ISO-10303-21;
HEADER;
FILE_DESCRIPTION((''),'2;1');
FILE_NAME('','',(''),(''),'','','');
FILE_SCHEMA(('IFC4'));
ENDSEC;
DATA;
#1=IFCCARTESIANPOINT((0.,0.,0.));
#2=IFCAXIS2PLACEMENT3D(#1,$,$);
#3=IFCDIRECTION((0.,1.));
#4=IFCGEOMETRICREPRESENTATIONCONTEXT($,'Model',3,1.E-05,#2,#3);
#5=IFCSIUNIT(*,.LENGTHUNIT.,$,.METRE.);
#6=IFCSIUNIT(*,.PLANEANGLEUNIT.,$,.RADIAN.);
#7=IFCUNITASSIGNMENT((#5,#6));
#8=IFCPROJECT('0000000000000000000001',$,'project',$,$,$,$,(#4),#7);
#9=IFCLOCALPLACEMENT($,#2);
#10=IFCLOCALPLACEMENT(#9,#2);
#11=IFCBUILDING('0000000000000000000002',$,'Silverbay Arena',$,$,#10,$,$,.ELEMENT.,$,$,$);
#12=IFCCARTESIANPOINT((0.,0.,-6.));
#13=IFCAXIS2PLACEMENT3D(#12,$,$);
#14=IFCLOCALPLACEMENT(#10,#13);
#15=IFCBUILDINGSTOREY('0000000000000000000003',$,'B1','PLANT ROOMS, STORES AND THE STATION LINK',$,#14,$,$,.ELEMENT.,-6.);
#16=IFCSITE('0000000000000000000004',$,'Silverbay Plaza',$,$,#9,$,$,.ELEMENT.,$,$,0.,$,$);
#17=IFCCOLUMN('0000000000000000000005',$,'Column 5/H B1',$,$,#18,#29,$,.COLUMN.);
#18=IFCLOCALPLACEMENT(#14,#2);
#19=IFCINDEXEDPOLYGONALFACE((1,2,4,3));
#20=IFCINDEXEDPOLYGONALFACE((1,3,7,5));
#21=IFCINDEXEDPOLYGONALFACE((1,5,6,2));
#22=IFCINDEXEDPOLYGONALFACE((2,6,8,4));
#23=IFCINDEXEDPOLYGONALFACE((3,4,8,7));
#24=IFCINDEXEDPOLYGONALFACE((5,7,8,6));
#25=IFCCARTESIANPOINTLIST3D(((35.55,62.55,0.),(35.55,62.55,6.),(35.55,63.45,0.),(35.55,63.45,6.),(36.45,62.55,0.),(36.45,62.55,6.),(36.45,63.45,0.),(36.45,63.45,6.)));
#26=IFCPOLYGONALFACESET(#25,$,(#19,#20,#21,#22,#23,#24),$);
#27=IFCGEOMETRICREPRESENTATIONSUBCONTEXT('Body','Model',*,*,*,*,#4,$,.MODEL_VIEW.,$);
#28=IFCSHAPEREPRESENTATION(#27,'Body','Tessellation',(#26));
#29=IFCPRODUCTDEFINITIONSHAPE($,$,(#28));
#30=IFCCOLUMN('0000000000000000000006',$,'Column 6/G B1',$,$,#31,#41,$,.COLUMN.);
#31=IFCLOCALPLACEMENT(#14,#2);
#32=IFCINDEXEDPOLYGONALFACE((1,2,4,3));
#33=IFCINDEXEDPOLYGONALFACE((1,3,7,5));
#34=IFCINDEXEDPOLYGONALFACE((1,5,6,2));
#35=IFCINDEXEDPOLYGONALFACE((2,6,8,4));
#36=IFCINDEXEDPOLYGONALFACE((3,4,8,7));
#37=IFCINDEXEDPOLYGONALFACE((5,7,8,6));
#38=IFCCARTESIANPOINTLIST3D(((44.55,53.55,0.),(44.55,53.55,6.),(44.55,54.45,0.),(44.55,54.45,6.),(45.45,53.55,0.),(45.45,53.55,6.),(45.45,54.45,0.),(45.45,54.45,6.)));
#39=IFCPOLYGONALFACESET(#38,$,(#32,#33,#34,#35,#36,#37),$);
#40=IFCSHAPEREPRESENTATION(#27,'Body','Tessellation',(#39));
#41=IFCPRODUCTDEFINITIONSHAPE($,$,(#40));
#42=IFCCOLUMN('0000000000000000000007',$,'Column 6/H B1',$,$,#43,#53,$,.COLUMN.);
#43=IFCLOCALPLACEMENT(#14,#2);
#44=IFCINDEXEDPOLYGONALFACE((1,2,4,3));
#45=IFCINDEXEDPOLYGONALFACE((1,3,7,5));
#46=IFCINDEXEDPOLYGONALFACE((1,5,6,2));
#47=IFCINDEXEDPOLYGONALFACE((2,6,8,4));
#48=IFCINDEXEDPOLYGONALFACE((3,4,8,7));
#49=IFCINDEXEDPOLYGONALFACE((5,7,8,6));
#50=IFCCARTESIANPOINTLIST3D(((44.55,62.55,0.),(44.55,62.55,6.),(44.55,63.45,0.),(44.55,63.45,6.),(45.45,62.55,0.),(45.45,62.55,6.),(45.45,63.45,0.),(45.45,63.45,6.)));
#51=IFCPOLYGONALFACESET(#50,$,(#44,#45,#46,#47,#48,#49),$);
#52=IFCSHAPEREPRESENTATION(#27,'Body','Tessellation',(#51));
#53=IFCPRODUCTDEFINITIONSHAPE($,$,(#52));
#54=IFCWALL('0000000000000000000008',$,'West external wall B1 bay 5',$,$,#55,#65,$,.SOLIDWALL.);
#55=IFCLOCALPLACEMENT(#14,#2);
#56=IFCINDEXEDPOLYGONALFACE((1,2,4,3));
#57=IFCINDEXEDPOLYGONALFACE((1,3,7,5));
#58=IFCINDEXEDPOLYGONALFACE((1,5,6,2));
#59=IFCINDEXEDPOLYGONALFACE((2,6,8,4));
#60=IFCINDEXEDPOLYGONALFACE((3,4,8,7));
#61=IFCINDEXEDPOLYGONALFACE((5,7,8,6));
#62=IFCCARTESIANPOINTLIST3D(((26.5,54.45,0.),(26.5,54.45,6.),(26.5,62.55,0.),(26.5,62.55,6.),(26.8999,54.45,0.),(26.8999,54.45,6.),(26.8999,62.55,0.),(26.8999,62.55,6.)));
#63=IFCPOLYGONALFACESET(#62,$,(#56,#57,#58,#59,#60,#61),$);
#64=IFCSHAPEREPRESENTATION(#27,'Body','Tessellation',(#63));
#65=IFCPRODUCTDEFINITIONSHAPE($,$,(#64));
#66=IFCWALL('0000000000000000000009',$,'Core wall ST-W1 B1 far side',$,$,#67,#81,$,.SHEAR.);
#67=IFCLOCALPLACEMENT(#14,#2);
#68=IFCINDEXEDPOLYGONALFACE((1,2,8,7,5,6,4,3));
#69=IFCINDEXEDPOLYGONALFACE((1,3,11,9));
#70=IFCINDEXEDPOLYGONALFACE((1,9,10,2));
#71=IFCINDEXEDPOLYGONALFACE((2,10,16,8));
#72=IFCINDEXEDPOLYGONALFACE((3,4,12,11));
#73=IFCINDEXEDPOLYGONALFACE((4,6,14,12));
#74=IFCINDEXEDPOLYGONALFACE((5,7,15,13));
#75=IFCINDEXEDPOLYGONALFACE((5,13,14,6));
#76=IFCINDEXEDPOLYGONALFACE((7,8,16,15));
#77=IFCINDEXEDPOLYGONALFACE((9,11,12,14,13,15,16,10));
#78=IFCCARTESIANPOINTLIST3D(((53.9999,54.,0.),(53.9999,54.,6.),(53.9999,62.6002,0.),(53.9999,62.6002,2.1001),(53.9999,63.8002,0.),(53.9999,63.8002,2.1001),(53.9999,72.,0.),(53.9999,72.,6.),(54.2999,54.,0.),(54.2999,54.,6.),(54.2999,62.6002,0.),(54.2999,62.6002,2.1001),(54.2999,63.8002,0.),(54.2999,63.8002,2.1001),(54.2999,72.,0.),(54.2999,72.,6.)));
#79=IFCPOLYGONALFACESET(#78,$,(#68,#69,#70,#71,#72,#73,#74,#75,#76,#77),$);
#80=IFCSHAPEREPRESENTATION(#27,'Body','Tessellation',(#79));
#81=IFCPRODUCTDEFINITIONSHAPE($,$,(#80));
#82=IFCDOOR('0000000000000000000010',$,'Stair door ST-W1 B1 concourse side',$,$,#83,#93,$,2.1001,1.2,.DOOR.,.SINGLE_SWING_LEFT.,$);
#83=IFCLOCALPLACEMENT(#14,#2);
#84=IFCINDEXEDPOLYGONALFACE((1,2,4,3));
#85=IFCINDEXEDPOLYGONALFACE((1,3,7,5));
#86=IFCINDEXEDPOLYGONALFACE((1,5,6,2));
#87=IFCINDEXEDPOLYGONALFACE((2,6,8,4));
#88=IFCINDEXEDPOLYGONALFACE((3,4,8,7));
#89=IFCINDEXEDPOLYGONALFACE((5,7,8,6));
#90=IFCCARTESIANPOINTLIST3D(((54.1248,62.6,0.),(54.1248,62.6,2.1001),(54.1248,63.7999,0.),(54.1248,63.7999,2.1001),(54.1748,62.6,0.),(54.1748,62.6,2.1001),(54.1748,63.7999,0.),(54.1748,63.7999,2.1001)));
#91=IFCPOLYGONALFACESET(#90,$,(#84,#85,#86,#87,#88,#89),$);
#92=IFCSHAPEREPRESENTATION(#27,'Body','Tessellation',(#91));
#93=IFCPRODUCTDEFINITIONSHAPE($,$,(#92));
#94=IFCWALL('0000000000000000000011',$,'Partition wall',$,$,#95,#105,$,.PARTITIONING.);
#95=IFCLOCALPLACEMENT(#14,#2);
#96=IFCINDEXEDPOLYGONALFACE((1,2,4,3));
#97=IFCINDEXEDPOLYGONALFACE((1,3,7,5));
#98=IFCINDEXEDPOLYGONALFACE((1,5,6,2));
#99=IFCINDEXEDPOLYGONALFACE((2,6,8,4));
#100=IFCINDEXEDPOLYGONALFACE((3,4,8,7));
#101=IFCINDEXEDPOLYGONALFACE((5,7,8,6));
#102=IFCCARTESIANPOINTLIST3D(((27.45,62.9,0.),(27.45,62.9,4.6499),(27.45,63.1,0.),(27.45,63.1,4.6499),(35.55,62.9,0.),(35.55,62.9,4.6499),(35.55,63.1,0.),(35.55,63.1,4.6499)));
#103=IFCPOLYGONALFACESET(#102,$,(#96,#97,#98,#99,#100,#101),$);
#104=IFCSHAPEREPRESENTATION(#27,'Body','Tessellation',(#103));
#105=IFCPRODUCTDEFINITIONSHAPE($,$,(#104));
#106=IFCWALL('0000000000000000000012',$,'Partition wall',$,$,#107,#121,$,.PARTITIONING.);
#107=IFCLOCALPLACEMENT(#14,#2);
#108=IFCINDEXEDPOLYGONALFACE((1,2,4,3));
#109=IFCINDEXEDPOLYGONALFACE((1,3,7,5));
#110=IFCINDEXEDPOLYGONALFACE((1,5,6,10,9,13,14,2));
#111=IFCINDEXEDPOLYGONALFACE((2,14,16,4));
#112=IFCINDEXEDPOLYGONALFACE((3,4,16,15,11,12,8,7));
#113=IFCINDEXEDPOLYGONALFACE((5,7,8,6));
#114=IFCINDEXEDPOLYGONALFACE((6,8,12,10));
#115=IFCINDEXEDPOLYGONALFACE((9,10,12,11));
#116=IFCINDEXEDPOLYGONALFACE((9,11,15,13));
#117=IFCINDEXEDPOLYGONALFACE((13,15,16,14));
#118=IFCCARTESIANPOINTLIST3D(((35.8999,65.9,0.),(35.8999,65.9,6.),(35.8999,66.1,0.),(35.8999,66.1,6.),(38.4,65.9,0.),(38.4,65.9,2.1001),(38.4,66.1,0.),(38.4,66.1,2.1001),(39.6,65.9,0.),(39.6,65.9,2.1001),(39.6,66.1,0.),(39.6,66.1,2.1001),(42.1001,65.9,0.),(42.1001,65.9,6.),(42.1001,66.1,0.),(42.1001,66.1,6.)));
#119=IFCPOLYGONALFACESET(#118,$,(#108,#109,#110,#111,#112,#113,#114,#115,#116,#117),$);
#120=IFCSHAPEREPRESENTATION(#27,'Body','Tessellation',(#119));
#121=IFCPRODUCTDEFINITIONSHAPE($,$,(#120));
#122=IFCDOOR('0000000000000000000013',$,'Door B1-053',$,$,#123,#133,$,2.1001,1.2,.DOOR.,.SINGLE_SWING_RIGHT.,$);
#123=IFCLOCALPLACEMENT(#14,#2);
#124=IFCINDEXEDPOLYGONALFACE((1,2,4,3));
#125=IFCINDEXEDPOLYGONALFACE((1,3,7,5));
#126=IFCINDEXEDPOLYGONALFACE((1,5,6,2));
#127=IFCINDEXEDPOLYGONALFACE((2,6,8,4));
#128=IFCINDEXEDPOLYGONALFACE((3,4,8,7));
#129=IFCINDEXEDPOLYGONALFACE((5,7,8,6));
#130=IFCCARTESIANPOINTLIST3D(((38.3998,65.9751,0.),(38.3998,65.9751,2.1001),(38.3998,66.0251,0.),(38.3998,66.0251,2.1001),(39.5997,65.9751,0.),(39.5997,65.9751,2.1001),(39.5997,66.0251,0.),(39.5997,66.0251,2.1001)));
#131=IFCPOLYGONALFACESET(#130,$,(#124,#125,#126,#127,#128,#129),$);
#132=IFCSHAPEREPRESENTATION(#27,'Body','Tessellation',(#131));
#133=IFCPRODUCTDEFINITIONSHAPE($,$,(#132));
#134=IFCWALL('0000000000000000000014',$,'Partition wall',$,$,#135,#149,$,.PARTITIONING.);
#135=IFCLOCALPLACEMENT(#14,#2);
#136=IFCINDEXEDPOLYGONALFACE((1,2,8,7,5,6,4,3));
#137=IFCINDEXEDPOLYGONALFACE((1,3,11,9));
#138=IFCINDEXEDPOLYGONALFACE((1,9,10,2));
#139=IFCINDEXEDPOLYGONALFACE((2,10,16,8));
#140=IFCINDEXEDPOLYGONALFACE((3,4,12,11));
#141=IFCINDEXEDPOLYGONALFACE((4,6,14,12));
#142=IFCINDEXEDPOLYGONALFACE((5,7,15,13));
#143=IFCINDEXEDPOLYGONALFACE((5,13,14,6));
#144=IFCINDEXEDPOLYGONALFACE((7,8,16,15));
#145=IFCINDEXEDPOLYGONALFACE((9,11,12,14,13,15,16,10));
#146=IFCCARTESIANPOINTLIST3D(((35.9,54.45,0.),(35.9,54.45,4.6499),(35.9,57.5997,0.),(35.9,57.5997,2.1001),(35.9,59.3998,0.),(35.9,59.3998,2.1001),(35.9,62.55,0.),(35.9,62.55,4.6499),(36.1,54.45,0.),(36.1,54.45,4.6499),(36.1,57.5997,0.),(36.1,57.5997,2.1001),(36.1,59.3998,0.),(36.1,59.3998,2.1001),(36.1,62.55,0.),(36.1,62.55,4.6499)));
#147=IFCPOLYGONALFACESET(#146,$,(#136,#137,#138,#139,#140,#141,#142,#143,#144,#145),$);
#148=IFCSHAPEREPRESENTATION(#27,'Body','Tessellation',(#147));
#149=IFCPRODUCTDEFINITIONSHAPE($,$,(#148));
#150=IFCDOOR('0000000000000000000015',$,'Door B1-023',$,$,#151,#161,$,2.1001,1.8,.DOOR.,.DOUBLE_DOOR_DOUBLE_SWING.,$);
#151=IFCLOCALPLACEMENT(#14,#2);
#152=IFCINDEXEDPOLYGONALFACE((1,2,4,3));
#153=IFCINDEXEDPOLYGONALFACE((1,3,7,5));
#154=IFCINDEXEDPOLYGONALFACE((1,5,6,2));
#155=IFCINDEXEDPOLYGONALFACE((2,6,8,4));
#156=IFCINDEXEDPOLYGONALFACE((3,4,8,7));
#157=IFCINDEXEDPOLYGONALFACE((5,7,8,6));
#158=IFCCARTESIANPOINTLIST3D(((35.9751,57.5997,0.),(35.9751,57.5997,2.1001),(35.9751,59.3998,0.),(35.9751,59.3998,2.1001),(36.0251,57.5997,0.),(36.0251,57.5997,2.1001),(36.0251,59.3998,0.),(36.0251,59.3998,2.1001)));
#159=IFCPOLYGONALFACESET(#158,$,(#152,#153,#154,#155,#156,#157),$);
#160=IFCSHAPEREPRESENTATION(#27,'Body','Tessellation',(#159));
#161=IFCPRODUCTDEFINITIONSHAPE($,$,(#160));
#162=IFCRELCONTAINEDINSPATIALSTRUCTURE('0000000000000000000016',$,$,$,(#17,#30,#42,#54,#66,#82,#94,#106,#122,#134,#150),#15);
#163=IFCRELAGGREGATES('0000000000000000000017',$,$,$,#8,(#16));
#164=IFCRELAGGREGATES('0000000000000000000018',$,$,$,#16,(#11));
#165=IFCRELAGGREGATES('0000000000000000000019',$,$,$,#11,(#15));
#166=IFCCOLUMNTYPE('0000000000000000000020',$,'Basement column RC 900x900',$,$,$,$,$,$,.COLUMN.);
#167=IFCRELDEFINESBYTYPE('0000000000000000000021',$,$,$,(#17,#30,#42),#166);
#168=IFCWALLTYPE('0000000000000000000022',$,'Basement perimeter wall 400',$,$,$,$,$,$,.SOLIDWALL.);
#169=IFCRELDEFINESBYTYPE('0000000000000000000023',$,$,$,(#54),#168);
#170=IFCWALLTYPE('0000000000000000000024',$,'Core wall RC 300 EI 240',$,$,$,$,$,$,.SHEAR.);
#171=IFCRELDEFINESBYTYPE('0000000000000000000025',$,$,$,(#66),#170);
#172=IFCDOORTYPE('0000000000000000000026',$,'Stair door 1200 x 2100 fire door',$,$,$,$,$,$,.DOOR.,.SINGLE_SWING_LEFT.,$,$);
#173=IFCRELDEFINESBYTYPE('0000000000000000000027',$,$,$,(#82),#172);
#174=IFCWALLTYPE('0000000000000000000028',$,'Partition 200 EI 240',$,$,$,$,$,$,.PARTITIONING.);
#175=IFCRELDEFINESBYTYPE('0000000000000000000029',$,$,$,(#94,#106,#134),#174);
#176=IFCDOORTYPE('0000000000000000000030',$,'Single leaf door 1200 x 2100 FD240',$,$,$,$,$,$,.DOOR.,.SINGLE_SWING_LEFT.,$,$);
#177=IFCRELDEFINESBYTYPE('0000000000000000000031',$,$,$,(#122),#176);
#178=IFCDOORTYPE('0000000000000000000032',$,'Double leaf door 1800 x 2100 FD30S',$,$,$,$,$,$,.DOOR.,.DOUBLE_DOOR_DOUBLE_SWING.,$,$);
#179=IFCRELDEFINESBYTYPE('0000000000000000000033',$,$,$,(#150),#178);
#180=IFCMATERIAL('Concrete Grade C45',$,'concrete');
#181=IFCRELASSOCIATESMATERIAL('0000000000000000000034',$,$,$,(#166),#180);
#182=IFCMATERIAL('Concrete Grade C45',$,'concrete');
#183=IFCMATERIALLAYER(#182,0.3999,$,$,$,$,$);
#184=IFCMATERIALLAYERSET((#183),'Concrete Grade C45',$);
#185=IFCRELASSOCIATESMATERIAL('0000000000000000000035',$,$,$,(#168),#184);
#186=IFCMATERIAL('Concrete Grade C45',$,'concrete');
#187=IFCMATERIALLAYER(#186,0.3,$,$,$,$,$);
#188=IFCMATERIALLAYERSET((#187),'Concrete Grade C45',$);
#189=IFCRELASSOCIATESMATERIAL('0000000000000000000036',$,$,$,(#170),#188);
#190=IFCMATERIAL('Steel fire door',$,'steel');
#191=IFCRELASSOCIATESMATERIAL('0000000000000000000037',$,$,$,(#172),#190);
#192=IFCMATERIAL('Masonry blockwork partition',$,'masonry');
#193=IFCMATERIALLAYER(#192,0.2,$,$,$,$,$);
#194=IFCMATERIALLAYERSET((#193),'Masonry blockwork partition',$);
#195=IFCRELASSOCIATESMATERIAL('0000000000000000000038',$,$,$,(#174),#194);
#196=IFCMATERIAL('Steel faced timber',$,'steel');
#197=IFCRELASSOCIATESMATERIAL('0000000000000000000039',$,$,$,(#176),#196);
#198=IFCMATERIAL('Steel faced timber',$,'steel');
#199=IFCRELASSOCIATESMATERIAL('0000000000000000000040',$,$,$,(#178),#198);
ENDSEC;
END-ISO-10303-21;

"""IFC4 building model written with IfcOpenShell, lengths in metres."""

from ifc_helpers import new_model, si_unit, direction, frame, frame_2d, origin, origin_2d, place, context, subcontext, project, spatial, rectangle, extrude, material, layer, layer_set, material_profile, profile_set, type_object, element, fill, save


model = new_model("IFC4")

# Units and contexts
model_context = context("Model", 3, precision=1e-05, world=origin(), true_north=direction((0.0, 1.0)))
body_context = subcontext(model_context, "Body", "Model", "MODEL_VIEW")
ifc_project = project(units=[si_unit("LENGTHUNIT", "METRE"), si_unit("PLANEANGLEUNIT", "RADIAN")], contexts=[model_context])

# Site, building, storey
site_placement = place(None, origin())
site = spatial("IfcSite", under=ifc_project, at=site_placement, Name="Silverbay Plaza", CompositionType="ELEMENT", RefElevation=0.0)
building_placement = place(site_placement, origin())
building = spatial("IfcBuilding", under=site, at=building_placement, Name="Silverbay Arena", CompositionType="ELEMENT")
storey_placement = place(building_placement, frame((0.0, 0.0, -6.0)))
storey = spatial("IfcBuildingStorey", under=building, at=storey_placement, Name="B1", Description="PLANT ROOMS, STORES AND THE STATION LINK", CompositionType="ELEMENT", Elevation=-6.0)

# Columns
ifc_material_1 = material(Name="Concrete Grade C45", Category="concrete")
ifc_material_profile_1 = material_profile(ifc_material_1, rectangle(XDim=0.8999, YDim=0.8999, at=origin_2d()), Name="RC 900x900")
ifc_profile_set_1 = profile_set([ifc_material_profile_1], Name="Concrete Grade C45")
column_type = type_object("IfcColumnType", Name="Basement column RC 900x900", PredefinedType="COLUMN", material=ifc_profile_set_1)
for number, where, z_axis, x_axis, name in (
    (1, (36.0, 63.0, 0.0), (0.0, 0.0, 1.0), (1.0, 0.0, 0.0), "Column 5/H B1"),
    (2, (45.0, 54.0, 0.0), (0.0, 0.0, 1.0), (1.0, 0.0, 0.0), "Column 6/G B1"),
    (3, (45.0, 63.0, 0.0), (0.0, 0.0, 1.0), (1.0, 0.0, 0.0), "Column 6/H B1"),
):
    element("IfcColumn", number, at=place(storey_placement, frame(where, z_axis=z_axis, x_axis=x_axis)), inside=storey, type_object=column_type, Name=name, PredefinedType="COLUMN", context=body_context, shape_type="SweptSolid", body=[
        extrude(rectangle(XDim=0.8999, YDim=0.8999, at=origin_2d()), origin(), (0.0, 0.0, 1.0), 6.0),
    ])

# Wall
ifc_material_2 = material(Name="Concrete Grade C45", Category="concrete")
ifc_layer_1 = layer(ifc_material_2, 0.3999)
ifc_layer_set_1 = layer_set([ifc_layer_1], Name="Concrete Grade C45")
wall_type_1 = type_object("IfcWallType", Name="Basement perimeter wall 400", PredefinedType="SOLIDWALL", material=ifc_layer_set_1)
wall_1_placement = place(storey_placement, frame((26.7, 62.55, 0.0), z_axis=(0.0, 0.0, 1.0), x_axis=(0.0, -1.0, 0.0)))
element("IfcWall", 4, at=wall_1_placement, inside=storey, type_object=wall_type_1, Name="West external wall B1 bay 5", PredefinedType="SOLIDWALL", context=body_context, shape_type="SweptSolid", body=[
    extrude(rectangle(XDim=8.1001, YDim=0.3999, at=frame_2d((4.05, 0.0))), origin(), (0.0, 0.0, 1.0), 6.0),
])

# Wall, opening, door
ifc_material_3 = material(Name="Concrete Grade C45", Category="concrete")
ifc_layer_2 = layer(ifc_material_3, 0.3)
ifc_layer_set_2 = layer_set([ifc_layer_2], Name="Concrete Grade C45")
wall_type_2 = type_object("IfcWallType", Name="Core wall RC 300 EI 240", PredefinedType="SHEAR", material=ifc_layer_set_2)
wall_2_placement = place(storey_placement, frame((54.1499, 54.0, 0.0), z_axis=(0.0, 0.0, 1.0), x_axis=(0.0, 1.0, 0.0)))
wall_2 = element("IfcWall", 5, at=wall_2_placement, inside=storey, type_object=wall_type_2, Name="Core wall ST-W1 B1 far side", PredefinedType="SHEAR", context=body_context, shape_type="SweptSolid", body=[
    extrude(rectangle(XDim=18.0, YDim=0.3, at=frame_2d((9.0, 0.0))), origin(), (0.0, 0.0, 1.0), 6.0),
])
opening_1_placement = place(wall_2_placement, frame((8.6001, 0.0, 0.0)))
opening_1 = element("IfcOpeningElement", 6, at=opening_1_placement, cuts=wall_2, PredefinedType="OPENING", context=body_context, shape_type="SweptSolid", body=[
    extrude(rectangle(XDim=1.2, YDim=2.1001, at=frame_2d((0.6001, 1.05))), frame((0.0, 0.1602, 0.0), z_axis=(0.0, -1.0, 0.0), x_axis=(1.0, 0.0, 0.0)), (0.0, 0.0, 1.0), 0.3201),
])
ifc_material_4 = material(Name="Steel fire door", Category="steel")
door_type_1 = type_object("IfcDoorType", Name="Stair door 1200 x 2100 fire door", OperationType="SINGLE_SWING_LEFT", PredefinedType="DOOR", material=ifc_material_4)
door_1_placement = place(opening_1_placement, frame((1.2, 0.0, 0.0), z_axis=(0.0, 0.0, 1.0), x_axis=(-1.0, 0.0, 0.0)))
door_1 = element("IfcDoor", 7, at=door_1_placement, inside=storey, type_object=door_type_1, Name="Stair door ST-W1 B1 concourse side", OperationType="SINGLE_SWING_LEFT", OverallHeight=2.1001, OverallWidth=1.2, PredefinedType="DOOR", context=body_context, shape_type="SweptSolid", body=[
    extrude(rectangle(XDim=1.2, YDim=2.1001, at=frame_2d((0.6001, 1.05))), frame((0.0, 0.0249, 0.0), z_axis=(0.0, -1.0, 0.0), x_axis=(1.0, 0.0, 0.0)), (0.0, 0.0, 1.0), 0.05),
])
fill(opening_1, door_1)

# Wall
ifc_material_5 = material(Name="Masonry blockwork partition", Category="masonry")
ifc_layer_3 = layer(ifc_material_5, 0.2)
ifc_layer_set_3 = layer_set([ifc_layer_3], Name="Masonry blockwork partition")
wall_type_3 = type_object("IfcWallType", Name="Partition 200 EI 240", PredefinedType="PARTITIONING", material=ifc_layer_set_3)
wall_3_placement = place(storey_placement, frame((27.45, 63.0, 0.0), z_axis=(0.0, 0.0, 1.0), x_axis=(1.0, 0.0, 0.0)))
element("IfcWall", 8, at=wall_3_placement, inside=storey, type_object=wall_type_3, Name="Partition wall", PredefinedType="PARTITIONING", context=body_context, shape_type="SweptSolid", body=[
    extrude(rectangle(XDim=8.1001, YDim=0.2, at=frame_2d((4.05, 0.0))), origin(), (0.0, 0.0, 1.0), 4.6499),
])

# Walls, openings, doors
wall_4_placement = place(storey_placement, frame((35.8999, 66.0, 0.0), z_axis=(0.0, 0.0, 1.0), x_axis=(1.0, 0.0, 0.0)))
wall_4 = element("IfcWall", 9, at=wall_4_placement, inside=storey, type_object=wall_type_3, Name="Partition wall", PredefinedType="PARTITIONING", context=body_context, shape_type="SweptSolid", body=[
    extrude(rectangle(XDim=6.2002, YDim=0.2, at=frame_2d((3.1001, 0.0))), origin(), (0.0, 0.0, 1.0), 6.0),
])
opening_2_placement = place(wall_4_placement, frame((2.5, 0.0, 0.0)))
opening_2 = element("IfcOpeningElement", 10, at=opening_2_placement, cuts=wall_4, PredefinedType="OPENING", context=body_context, shape_type="SweptSolid", body=[
    extrude(rectangle(XDim=1.2, YDim=2.1001, at=frame_2d((0.6001, 1.05))), frame((0.0, 0.1099, 0.0), z_axis=(0.0, -1.0, 0.0), x_axis=(1.0, 0.0, 0.0)), (0.0, 0.0, 1.0), 0.22),
])
ifc_material_6 = material(Name="Steel faced timber", Category="steel")
door_type_2 = type_object("IfcDoorType", Name="Single leaf door 1200 x 2100 FD240", OperationType="SINGLE_SWING_LEFT", PredefinedType="DOOR", material=ifc_material_6)
door_2_placement = place(opening_2_placement, frame((1.2, 0.0, 0.0), z_axis=(0.0, 0.0, 1.0), x_axis=(-1.0, 0.0, 0.0)))
door_2 = element("IfcDoor", 11, at=door_2_placement, inside=storey, type_object=door_type_2, Name="Door B1-053", OperationType="SINGLE_SWING_RIGHT", OverallHeight=2.1001, OverallWidth=1.2, PredefinedType="DOOR", context=body_context, shape_type="SweptSolid", body=[
    extrude(rectangle(XDim=1.2, YDim=2.1001, at=frame_2d((0.6001, 1.05))), frame((0.0, 0.0249, 0.0), z_axis=(0.0, -1.0, 0.0), x_axis=(1.0, 0.0, 0.0)), (0.0, 0.0, 1.0), 0.05),
])
fill(opening_2, door_2)
wall_5_placement = place(storey_placement, frame((36.0, 54.45, 0.0), z_axis=(0.0, 0.0, 1.0), x_axis=(0.0, 1.0, 0.0)))
wall_5 = element("IfcWall", 12, at=wall_5_placement, inside=storey, type_object=wall_type_3, Name="Partition wall", PredefinedType="PARTITIONING", context=body_context, shape_type="SweptSolid", body=[
    extrude(rectangle(XDim=8.1001, YDim=0.2, at=frame_2d((4.05, 0.0))), origin(), (0.0, 0.0, 1.0), 4.6499),
])
opening_3_placement = place(wall_5_placement, frame((3.1499, 0.0, 0.0)))
opening_3 = element("IfcOpeningElement", 13, at=opening_3_placement, cuts=wall_5, PredefinedType="OPENING", context=body_context, shape_type="SweptSolid", body=[
    extrude(rectangle(XDim=1.8, YDim=2.1001, at=frame_2d((0.8999, 1.05))), frame((0.0, 0.1099, 0.0), z_axis=(0.0, -1.0, 0.0), x_axis=(1.0, 0.0, 0.0)), (0.0, 0.0, 1.0), 0.22),
])
ifc_material_7 = material(Name="Steel faced timber", Category="steel")
door_type_3 = type_object("IfcDoorType", Name="Double leaf door 1800 x 2100 FD30S", OperationType="DOUBLE_DOOR_DOUBLE_SWING", PredefinedType="DOOR", material=ifc_material_7)
door_3_placement = place(opening_3_placement, origin())
door_3 = element("IfcDoor", 14, at=door_3_placement, inside=storey, type_object=door_type_3, Name="Door B1-023", OperationType="DOUBLE_DOOR_DOUBLE_SWING", OverallHeight=2.1001, OverallWidth=1.8, PredefinedType="DOOR", context=body_context, shape_type="SweptSolid", body=[
    extrude(rectangle(XDim=1.8, YDim=2.1001, at=frame_2d((0.8999, 1.05))), frame((0.0, 0.0249, 0.0), z_axis=(0.0, -1.0, 0.0), x_axis=(1.0, 0.0, 0.0)), (0.0, 0.0, 1.0), 0.05),
])
fill(opening_3, door_3)

save(model, "model.ifc")
